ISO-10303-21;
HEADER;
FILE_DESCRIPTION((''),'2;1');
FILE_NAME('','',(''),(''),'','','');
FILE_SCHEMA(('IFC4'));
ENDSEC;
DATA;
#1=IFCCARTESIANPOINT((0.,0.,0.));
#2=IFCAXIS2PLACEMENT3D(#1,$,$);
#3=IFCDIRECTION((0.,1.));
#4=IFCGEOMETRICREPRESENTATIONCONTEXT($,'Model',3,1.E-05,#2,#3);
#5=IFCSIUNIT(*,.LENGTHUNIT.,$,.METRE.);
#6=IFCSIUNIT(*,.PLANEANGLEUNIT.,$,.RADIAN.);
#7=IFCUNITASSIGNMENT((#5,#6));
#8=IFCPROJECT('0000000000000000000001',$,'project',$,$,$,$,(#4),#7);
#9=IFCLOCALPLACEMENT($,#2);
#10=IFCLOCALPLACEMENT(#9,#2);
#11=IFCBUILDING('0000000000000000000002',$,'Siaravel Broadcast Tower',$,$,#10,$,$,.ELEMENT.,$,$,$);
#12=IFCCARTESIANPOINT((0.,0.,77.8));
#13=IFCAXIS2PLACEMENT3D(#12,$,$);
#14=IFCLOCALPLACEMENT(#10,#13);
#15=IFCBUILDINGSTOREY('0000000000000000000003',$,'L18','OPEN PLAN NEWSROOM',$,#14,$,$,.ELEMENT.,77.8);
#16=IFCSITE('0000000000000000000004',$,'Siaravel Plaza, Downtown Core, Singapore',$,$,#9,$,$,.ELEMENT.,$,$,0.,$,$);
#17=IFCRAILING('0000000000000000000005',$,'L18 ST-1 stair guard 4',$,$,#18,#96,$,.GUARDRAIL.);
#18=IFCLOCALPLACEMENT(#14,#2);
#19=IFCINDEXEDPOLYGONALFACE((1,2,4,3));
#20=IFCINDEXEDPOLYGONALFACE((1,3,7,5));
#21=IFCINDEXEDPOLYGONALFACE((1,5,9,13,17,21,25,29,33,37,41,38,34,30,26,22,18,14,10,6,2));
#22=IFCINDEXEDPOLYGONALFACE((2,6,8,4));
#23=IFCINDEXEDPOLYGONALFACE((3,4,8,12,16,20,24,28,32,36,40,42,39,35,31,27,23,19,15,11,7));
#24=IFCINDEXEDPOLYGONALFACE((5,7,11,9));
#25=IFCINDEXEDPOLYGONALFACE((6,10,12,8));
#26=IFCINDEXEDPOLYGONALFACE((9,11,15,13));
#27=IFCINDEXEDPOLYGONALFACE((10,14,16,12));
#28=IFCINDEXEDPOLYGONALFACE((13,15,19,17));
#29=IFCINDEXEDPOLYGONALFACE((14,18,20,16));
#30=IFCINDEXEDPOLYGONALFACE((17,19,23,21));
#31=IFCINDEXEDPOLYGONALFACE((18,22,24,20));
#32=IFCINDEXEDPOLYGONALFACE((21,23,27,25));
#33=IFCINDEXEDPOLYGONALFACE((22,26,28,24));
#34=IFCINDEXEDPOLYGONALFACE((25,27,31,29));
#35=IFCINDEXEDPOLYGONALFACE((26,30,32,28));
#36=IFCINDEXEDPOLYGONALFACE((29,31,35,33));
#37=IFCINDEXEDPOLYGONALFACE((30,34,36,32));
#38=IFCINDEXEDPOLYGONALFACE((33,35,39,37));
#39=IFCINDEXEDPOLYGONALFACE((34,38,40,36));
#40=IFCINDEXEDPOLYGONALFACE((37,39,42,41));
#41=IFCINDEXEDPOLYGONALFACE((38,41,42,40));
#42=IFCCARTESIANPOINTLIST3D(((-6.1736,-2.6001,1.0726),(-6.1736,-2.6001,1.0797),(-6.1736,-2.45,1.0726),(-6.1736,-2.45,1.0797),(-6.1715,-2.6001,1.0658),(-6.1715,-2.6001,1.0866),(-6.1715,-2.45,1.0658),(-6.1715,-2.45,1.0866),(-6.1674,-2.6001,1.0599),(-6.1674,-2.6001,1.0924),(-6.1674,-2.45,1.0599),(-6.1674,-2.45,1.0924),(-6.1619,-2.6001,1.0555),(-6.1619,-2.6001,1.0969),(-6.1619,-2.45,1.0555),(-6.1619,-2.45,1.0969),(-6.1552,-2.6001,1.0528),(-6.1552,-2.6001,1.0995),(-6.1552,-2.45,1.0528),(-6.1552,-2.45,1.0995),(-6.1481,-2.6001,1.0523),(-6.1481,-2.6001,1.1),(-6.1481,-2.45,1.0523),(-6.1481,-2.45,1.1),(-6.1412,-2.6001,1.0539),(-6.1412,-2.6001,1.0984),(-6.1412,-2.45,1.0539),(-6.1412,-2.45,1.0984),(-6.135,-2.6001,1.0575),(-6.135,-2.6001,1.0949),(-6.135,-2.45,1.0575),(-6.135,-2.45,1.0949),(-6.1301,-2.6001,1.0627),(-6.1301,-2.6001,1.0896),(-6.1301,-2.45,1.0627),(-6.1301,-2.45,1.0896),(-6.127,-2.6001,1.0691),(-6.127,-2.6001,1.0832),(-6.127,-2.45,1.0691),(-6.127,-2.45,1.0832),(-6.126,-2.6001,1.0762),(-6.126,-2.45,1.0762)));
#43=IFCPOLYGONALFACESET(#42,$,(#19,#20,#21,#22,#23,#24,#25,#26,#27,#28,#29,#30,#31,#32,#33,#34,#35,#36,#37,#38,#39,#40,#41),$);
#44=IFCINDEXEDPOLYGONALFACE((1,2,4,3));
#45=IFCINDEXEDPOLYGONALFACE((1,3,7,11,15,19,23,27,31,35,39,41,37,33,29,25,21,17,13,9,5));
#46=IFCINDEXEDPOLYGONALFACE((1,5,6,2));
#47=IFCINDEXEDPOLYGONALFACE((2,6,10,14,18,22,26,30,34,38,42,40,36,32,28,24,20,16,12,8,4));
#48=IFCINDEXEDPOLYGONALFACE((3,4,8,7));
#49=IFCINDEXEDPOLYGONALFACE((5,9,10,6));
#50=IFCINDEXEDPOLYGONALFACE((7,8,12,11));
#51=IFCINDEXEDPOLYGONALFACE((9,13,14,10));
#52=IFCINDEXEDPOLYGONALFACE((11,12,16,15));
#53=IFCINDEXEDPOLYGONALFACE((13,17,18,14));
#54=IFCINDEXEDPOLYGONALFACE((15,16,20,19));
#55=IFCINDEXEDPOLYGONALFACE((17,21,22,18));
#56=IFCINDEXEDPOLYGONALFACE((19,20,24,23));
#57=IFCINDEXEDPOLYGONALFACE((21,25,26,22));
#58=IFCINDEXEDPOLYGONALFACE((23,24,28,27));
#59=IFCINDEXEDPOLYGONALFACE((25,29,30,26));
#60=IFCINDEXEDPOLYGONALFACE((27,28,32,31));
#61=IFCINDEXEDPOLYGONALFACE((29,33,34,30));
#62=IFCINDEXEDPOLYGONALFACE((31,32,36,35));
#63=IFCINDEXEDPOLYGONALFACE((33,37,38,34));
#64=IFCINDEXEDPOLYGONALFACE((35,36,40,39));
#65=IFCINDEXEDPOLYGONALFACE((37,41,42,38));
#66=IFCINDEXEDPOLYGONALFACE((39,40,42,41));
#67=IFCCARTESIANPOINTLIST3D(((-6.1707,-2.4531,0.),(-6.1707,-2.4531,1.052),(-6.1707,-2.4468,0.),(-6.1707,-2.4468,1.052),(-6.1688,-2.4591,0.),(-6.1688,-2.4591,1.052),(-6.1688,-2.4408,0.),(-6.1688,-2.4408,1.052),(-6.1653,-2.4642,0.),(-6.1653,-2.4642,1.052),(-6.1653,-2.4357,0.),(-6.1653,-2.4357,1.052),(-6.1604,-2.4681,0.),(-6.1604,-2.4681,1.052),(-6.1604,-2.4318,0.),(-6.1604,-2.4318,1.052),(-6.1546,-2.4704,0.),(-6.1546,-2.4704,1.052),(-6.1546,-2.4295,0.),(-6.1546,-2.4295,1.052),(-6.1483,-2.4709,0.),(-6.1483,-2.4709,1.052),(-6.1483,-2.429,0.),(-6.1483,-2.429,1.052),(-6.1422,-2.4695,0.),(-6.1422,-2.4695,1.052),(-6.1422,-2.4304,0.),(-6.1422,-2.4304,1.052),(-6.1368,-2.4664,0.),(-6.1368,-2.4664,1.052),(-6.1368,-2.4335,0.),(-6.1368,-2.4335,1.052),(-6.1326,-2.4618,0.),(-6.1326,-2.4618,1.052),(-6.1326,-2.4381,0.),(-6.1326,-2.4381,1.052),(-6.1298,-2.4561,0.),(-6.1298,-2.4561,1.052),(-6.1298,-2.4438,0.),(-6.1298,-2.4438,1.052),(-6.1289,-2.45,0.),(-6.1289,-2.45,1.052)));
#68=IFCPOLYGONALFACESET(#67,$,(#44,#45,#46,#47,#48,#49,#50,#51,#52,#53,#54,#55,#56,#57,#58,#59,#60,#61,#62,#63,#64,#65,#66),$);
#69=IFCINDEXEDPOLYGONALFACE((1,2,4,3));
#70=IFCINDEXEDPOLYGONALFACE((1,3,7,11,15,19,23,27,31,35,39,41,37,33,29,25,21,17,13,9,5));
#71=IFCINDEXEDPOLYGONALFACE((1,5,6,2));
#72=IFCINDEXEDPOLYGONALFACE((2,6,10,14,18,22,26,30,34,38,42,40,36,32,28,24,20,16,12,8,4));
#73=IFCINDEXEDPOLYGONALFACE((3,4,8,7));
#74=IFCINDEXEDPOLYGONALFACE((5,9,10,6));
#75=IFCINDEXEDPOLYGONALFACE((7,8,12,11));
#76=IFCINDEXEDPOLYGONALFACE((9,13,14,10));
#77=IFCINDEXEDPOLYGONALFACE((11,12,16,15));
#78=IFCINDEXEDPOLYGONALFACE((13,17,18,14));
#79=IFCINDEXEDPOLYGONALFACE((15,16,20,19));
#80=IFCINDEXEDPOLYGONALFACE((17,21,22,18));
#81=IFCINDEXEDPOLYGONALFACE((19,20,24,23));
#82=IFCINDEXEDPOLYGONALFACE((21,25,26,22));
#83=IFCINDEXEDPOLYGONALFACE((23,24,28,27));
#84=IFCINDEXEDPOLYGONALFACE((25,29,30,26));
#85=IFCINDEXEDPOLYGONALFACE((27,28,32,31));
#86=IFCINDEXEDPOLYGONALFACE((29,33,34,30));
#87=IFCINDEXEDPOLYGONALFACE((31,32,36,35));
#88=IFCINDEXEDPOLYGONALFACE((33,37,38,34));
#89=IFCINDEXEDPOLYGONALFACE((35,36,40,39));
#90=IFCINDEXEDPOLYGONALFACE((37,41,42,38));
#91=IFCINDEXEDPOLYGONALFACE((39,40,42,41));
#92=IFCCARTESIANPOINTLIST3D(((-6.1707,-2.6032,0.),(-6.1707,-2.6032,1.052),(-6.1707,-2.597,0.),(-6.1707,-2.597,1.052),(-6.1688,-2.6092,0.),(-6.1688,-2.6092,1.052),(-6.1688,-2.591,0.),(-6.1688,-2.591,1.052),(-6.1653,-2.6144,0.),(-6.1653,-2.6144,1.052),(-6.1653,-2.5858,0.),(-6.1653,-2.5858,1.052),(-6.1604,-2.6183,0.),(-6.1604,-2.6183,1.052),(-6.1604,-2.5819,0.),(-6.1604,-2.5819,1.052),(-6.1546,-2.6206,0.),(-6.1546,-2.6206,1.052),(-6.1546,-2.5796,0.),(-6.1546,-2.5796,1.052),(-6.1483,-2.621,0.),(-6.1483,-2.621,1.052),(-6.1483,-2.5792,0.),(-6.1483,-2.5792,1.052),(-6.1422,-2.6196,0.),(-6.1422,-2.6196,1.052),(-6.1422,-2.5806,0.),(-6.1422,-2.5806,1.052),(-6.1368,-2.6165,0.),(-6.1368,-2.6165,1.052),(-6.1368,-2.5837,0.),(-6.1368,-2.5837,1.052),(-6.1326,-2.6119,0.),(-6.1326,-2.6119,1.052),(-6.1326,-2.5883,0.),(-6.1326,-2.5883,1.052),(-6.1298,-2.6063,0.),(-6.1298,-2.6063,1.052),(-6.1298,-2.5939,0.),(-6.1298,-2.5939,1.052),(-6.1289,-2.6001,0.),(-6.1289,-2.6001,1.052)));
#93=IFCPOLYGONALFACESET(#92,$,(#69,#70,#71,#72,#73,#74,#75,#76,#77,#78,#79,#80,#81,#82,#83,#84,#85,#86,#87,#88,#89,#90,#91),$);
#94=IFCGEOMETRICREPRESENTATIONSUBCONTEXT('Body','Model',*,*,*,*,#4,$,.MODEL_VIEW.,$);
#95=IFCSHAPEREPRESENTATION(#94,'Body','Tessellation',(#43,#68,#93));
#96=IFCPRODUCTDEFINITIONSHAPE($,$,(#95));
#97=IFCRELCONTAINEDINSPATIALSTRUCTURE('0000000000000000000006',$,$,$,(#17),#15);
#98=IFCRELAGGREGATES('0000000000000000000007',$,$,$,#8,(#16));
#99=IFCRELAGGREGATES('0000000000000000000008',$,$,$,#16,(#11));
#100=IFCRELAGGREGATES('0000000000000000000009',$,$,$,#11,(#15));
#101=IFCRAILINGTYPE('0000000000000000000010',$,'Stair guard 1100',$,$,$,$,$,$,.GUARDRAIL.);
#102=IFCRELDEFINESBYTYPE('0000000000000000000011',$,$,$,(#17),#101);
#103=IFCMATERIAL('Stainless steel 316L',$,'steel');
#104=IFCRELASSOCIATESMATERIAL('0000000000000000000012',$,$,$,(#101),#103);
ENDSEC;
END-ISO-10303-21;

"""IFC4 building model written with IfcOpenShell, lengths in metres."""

from ifc_helpers import new_model, si_unit, direction, frame, origin, origin_2d, place, context, subcontext, project, spatial, circle, extrude, material, type_object, element, save


model = new_model("IFC4")

# Units and contexts
model_context = context("Model", 3, precision=1e-05, world=origin(), true_north=direction((0.0, 1.0)))
body_context = subcontext(model_context, "Body", "Model", "MODEL_VIEW")
ifc_project = project(units=[si_unit("LENGTHUNIT", "METRE"), si_unit("PLANEANGLEUNIT", "RADIAN")], contexts=[model_context])

# Site, building, storey
site_placement = place(None, origin())
site = spatial("IfcSite", under=ifc_project, at=site_placement, Name="Siaravel Plaza, Downtown Core, Singapore", CompositionType="ELEMENT", RefElevation=0.0)
building_placement = place(site_placement, origin())
building = spatial("IfcBuilding", under=site, at=building_placement, Name="Siaravel Broadcast Tower", CompositionType="ELEMENT")
storey_placement = place(building_placement, frame((0.0, 0.0, 77.8)))
storey = spatial("IfcBuildingStorey", under=building, at=storey_placement, Name="L18", Description="OPEN PLAN NEWSROOM", CompositionType="ELEMENT", Elevation=77.8)

# Railing
ifc_material_1 = material(Name="Stainless steel 316L", Category="steel")
railing_type_1 = type_object("IfcRailingType", Name="Stair guard 1100", PredefinedType="GUARDRAIL", material=ifc_material_1)
railing_1_placement = place(storey_placement, frame((-6.1499, -2.45, 0.0)))
element("IfcRailing", 1, at=railing_1_placement, inside=storey, type_object=railing_type_1, Name="L18 ST-1 stair guard 4", PredefinedType="GUARDRAIL", context=body_context, shape_type="SweptSolid", body=[
    extrude(circle(Radius=0.0239, at=origin_2d()), frame((0.0, 0.0, 1.0762), z_axis=(0.0, -1.0, 0.0), x_axis=(1.0, 0.0, 0.0)), (0.0, 0.0, 1.0), 0.1501),
    extrude(circle(Radius=0.021, at=origin_2d()), origin(), (0.0, 0.0, 1.0), 1.052),
    extrude(circle(Radius=0.021, at=origin_2d()), frame((0.0, -0.1501, 0.0)), (0.0, 0.0, 1.0), 1.052),
])

save(model, "model.ifc")
